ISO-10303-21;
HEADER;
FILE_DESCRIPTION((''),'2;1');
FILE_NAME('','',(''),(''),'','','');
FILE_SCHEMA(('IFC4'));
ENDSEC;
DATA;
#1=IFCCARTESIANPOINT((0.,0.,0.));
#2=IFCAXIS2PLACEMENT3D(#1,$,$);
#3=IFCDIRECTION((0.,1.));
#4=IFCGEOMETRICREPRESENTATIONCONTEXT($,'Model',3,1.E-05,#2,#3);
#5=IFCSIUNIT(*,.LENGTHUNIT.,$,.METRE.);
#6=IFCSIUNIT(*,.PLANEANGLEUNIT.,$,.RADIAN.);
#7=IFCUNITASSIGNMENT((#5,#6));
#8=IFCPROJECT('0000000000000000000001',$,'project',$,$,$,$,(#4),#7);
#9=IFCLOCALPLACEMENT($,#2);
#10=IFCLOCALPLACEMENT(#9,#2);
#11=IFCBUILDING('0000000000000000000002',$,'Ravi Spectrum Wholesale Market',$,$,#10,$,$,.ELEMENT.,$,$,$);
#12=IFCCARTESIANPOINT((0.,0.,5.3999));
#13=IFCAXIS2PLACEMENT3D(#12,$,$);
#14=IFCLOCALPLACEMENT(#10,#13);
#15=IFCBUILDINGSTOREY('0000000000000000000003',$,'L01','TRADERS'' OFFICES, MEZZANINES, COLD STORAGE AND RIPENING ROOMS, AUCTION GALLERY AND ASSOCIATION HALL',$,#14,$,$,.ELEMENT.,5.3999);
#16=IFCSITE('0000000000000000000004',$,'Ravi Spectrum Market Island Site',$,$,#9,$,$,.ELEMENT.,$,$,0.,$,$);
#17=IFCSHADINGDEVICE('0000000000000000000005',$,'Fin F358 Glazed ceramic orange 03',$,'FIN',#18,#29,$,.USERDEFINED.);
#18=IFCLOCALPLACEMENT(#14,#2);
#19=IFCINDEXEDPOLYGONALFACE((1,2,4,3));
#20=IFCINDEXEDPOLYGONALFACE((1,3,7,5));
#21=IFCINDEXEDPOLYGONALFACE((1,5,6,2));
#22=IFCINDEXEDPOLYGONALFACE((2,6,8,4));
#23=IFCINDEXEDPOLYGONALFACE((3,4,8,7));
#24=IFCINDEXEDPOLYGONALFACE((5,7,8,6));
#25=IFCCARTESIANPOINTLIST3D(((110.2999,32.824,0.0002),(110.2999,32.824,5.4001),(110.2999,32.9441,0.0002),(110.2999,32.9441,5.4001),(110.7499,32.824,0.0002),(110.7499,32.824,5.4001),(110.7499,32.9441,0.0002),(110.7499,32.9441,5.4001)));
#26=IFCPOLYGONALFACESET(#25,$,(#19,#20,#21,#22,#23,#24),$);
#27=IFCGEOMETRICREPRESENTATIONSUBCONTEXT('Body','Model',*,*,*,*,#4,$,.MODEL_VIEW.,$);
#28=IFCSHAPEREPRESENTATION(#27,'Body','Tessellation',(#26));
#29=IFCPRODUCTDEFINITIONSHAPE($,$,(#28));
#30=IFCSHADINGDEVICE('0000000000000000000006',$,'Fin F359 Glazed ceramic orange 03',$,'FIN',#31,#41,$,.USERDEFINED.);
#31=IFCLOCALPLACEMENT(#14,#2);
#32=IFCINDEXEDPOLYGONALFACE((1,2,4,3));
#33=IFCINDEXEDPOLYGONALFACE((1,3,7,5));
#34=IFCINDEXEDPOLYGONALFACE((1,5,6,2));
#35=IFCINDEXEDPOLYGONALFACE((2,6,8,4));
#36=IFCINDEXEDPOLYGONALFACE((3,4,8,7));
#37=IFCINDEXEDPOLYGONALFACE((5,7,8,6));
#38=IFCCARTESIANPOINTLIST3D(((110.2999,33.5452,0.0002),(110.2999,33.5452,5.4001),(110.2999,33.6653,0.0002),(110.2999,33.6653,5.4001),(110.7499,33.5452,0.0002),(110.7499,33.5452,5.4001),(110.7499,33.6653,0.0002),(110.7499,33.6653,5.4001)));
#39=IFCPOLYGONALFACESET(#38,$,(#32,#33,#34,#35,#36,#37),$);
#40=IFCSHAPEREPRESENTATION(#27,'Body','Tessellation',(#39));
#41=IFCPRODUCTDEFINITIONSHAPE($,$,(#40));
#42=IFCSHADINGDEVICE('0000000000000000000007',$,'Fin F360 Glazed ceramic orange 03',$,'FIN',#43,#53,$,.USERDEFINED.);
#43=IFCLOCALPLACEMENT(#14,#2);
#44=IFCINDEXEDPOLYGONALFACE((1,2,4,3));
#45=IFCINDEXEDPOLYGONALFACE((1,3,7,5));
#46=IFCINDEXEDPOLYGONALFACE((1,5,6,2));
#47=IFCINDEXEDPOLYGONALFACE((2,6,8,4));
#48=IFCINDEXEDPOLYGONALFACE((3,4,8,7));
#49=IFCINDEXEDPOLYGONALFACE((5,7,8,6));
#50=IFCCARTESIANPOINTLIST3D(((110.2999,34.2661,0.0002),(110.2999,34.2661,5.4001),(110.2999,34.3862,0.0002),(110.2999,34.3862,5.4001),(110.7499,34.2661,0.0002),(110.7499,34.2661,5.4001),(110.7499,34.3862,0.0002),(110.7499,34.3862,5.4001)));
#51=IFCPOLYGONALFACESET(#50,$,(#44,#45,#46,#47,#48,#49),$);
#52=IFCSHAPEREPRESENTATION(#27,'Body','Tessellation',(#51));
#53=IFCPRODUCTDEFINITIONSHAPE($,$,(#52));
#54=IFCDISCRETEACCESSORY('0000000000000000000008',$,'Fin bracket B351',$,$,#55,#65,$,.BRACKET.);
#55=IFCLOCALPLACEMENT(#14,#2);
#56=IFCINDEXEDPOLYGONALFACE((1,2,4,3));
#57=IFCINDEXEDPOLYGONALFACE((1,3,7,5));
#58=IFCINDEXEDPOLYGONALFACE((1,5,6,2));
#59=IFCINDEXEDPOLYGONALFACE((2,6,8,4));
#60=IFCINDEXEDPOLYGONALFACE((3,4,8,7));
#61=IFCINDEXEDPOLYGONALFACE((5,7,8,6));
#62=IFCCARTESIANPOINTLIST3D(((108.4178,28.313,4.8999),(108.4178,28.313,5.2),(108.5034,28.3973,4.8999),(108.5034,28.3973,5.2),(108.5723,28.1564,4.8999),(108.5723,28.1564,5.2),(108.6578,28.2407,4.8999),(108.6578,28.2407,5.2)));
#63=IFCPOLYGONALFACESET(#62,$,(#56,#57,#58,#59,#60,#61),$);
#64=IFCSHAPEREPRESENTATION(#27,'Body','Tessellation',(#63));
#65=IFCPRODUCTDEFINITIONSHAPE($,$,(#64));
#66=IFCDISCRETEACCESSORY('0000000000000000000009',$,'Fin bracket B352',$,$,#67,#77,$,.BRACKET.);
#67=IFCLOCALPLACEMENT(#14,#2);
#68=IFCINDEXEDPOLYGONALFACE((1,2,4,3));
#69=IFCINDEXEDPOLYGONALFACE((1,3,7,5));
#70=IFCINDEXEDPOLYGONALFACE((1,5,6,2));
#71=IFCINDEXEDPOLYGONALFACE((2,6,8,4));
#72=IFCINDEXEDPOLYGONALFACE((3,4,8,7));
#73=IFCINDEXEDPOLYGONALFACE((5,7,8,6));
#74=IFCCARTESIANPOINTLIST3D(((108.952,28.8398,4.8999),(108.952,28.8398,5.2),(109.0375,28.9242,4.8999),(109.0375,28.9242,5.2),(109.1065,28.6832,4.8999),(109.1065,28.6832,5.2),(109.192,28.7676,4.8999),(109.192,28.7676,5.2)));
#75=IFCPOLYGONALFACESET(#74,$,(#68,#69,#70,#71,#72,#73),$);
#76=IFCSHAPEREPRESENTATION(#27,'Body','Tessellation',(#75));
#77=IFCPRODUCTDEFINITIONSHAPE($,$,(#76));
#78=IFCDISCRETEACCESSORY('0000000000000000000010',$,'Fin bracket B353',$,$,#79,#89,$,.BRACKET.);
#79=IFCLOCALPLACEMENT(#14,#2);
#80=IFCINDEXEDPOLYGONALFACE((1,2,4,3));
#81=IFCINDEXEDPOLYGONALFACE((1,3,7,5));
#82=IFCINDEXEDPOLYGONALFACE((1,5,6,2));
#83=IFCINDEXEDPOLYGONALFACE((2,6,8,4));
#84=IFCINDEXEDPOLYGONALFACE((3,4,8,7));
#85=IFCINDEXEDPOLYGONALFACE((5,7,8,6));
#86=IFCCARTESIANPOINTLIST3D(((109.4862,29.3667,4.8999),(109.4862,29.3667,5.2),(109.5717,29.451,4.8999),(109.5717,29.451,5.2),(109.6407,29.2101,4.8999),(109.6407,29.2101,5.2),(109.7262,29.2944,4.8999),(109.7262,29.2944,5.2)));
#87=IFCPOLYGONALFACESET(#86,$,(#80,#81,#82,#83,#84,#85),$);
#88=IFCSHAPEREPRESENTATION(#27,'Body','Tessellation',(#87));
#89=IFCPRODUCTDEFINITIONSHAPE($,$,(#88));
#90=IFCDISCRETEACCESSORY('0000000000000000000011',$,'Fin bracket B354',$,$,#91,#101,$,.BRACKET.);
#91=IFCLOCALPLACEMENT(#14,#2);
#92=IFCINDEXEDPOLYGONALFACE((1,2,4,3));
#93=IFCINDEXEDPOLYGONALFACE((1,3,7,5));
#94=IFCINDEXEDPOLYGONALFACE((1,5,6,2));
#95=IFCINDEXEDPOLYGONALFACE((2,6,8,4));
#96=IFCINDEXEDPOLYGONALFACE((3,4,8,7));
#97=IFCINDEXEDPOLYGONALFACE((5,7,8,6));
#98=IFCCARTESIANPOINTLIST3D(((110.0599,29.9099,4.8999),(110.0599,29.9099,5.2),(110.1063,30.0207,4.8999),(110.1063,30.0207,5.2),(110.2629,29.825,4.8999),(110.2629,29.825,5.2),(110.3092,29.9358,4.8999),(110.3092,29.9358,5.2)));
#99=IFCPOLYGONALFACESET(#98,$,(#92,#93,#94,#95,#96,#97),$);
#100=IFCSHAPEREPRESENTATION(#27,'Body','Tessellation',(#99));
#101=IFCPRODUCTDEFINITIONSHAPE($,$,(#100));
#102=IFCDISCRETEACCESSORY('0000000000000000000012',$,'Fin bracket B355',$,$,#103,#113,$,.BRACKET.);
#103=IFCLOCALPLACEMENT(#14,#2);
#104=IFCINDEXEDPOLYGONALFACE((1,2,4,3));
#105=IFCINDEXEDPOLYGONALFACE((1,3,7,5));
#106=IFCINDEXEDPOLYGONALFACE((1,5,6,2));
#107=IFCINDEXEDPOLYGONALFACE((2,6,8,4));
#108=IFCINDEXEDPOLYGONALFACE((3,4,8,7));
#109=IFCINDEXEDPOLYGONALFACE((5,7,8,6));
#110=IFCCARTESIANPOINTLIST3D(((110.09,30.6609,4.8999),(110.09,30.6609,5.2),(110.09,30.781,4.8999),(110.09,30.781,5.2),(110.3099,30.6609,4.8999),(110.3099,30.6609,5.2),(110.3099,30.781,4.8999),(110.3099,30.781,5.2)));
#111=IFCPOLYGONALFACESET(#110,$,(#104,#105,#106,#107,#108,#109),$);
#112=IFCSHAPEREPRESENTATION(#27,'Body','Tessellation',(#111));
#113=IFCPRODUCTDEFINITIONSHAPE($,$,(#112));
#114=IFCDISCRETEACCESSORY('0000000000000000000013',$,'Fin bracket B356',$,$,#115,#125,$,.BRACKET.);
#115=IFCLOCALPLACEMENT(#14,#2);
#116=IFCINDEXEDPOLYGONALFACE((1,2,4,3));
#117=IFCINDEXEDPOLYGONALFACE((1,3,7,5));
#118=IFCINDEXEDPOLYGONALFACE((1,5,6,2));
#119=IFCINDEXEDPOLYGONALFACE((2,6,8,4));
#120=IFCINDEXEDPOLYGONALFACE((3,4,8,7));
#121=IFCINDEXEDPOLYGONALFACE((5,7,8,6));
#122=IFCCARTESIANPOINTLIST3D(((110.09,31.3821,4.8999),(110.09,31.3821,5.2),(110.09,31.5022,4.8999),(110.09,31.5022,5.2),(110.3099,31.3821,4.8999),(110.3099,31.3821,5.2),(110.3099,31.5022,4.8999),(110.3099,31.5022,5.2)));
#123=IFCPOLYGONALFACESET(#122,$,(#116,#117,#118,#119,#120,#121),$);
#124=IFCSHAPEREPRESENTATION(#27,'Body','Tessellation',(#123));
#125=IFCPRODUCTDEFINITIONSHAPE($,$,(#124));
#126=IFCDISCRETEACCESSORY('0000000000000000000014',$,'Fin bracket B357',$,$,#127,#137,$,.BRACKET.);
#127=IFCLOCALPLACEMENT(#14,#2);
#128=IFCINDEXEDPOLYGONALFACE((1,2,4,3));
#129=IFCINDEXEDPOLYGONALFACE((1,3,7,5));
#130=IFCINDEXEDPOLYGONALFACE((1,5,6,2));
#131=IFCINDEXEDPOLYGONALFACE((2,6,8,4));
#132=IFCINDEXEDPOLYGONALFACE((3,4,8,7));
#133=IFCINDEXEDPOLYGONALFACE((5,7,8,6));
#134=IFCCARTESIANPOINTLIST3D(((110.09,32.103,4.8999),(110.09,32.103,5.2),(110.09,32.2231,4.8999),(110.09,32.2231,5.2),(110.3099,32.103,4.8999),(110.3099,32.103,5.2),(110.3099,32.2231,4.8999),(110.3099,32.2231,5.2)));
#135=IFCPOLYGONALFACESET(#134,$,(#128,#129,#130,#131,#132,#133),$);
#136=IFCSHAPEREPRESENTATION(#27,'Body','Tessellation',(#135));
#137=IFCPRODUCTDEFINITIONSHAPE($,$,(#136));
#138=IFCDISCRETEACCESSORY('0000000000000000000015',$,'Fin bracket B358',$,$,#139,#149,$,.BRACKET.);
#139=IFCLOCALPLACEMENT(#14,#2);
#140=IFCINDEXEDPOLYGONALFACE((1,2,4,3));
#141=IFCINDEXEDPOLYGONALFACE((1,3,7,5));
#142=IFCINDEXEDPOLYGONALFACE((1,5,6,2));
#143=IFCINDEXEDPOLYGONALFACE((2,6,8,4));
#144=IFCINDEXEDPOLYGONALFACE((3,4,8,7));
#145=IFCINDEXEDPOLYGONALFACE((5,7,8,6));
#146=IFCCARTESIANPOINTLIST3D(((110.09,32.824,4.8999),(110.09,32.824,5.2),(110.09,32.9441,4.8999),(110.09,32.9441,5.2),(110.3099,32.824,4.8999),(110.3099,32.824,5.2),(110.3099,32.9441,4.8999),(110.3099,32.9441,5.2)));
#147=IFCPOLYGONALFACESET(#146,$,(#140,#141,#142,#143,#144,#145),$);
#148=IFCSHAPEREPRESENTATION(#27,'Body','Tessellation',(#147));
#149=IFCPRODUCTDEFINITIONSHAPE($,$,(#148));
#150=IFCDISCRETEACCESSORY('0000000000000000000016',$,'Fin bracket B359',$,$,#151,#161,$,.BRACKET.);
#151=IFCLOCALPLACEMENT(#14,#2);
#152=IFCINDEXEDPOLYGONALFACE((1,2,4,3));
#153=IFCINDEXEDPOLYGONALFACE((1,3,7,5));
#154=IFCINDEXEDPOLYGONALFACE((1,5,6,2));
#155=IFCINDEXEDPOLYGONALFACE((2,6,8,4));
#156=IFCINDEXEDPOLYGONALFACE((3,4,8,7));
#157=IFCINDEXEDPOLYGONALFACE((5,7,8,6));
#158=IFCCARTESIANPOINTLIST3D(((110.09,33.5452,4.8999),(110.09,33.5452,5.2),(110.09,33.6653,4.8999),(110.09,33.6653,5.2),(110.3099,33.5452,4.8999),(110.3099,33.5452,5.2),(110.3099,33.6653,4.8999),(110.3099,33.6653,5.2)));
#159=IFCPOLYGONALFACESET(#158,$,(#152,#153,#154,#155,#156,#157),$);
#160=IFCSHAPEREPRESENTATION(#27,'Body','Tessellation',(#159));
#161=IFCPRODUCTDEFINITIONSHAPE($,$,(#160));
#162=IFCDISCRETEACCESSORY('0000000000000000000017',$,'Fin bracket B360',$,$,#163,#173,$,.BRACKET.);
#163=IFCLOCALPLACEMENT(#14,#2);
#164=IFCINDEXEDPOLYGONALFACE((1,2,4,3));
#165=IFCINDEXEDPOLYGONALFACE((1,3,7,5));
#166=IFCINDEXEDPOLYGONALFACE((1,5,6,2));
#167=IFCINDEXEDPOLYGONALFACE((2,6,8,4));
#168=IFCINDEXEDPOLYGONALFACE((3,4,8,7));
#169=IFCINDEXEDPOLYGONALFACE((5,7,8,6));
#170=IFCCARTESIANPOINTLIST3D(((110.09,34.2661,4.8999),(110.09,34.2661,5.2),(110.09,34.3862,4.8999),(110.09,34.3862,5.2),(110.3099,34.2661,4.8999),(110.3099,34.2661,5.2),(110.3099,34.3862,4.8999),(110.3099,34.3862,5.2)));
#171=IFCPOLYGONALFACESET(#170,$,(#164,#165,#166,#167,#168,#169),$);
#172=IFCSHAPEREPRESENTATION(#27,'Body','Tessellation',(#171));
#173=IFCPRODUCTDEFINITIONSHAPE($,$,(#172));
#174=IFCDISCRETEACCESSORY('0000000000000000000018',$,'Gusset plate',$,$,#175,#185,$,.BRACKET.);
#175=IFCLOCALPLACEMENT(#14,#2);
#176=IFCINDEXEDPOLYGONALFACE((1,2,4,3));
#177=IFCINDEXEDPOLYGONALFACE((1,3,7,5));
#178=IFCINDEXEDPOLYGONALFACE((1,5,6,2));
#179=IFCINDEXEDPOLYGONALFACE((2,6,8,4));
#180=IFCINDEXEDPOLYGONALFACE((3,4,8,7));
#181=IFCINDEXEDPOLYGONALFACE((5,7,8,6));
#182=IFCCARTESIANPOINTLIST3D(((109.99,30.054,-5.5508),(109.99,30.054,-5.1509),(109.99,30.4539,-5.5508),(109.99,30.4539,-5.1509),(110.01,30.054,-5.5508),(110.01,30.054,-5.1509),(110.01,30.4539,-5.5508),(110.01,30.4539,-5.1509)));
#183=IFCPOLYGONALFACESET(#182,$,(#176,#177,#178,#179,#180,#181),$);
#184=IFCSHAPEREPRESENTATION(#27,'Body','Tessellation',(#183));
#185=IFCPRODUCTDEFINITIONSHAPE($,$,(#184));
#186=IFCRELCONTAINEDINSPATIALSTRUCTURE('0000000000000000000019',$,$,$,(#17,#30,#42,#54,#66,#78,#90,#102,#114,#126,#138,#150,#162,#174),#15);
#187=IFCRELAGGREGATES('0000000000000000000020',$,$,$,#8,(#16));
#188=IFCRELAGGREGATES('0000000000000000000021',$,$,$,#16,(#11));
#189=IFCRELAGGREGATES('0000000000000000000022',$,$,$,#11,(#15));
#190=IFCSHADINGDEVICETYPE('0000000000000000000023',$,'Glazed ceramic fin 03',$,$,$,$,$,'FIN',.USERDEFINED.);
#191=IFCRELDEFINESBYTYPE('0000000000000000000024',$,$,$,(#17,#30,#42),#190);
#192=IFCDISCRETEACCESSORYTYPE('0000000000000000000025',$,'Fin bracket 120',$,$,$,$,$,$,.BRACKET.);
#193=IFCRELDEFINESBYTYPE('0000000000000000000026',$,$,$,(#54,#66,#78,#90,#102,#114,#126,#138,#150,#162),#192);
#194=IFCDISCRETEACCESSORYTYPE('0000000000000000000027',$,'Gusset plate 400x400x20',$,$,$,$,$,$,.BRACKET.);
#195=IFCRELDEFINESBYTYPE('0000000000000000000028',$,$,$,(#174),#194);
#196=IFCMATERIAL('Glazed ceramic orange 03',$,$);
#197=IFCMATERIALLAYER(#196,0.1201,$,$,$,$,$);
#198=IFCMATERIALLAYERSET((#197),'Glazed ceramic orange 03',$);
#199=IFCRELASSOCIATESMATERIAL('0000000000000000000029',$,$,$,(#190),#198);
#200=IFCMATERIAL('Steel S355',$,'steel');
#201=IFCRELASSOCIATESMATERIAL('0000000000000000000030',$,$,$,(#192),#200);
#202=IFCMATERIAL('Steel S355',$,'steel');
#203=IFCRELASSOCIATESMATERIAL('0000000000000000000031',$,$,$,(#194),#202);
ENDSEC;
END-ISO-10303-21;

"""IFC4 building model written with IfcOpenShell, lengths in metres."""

from ifc_helpers import new_model, si_unit, direction, frame, origin, origin_2d, place, context, subcontext, project, spatial, rectangle, extrude, material, layer, layer_set, material_profile, profile_set, type_object, element, save


model = new_model("IFC4")

# Units and contexts
model_context = context("Model", 3, precision=1e-05, world=origin(), true_north=direction((0.0, 1.0)))
body_context = subcontext(model_context, "Body", "Model", "MODEL_VIEW")
ifc_project = project(units=[si_unit("LENGTHUNIT", "METRE"), si_unit("PLANEANGLEUNIT", "RADIAN")], contexts=[model_context])

# Site, building, storey
site_placement = place(None, origin())
site = spatial("IfcSite", under=ifc_project, at=site_placement, Name="Ravi Spectrum Market Island Site", CompositionType="ELEMENT", RefElevation=0.0)
building_placement = place(site_placement, origin())
building = spatial("IfcBuilding", under=site, at=building_placement, Name="Ravi Spectrum Wholesale Market", CompositionType="ELEMENT")
storey_placement = place(building_placement, frame((0.0, 0.0, 5.3999)))
storey = spatial("IfcBuildingStorey", under=building, at=storey_placement, Name="L01", Description="TRADERS' OFFICES, MEZZANINES, COLD STORAGE AND RIPENING ROOMS, AUCTION GALLERY AND ASSOCIATION HALL", CompositionType="ELEMENT", Elevation=5.3999)

# Shading devices
ifc_material_1 = material(Name="Glazed ceramic orange 03")
ifc_layer = layer(ifc_material_1, 0.1201)
ifc_layer_set = layer_set([ifc_layer], Name="Glazed ceramic orange 03")
shading_device_type = type_object("IfcShadingDeviceType", Name="Glazed ceramic fin 03", ElementType="FIN", PredefinedType="USERDEFINED", material=ifc_layer_set)
for number, where, z_axis, x_axis, name in (
    (1, (110.5249, 32.884, 0.0002), (0.0, 0.0, 1.0), (0.0, 1.0, 0.0), "Fin F358 Glazed ceramic orange 03"),
    (2, (110.5249, 33.6052, 0.0002), (0.0, 0.0, 1.0), (0.0, 1.0, 0.0), "Fin F359 Glazed ceramic orange 03"),
    (3, (110.5249, 34.3262, 0.0002), (0.0, 0.0, 1.0), (0.0, 1.0, 0.0), "Fin F360 Glazed ceramic orange 03"),
):
    element("IfcShadingDevice", number, at=place(storey_placement, frame(where, z_axis=z_axis, x_axis=x_axis)), inside=storey, type_object=shading_device_type, Name=name, ObjectType="FIN", PredefinedType="USERDEFINED", context=body_context, shape_type="SweptSolid", body=[
        extrude(rectangle(XDim=0.1201, YDim=0.45, at=origin_2d()), origin(), (0.0, 0.0, 1.0), 5.3999),
    ])

# Discrete accessories
ifc_material_2 = material(Name="Steel S355", Category="steel")
discrete_accessory_type_1 = type_object("IfcDiscreteAccessoryType", Name="Fin bracket 120", PredefinedType="BRACKET", material=ifc_material_2)
for number, where, z_axis, x_axis, name in (
    (4, (108.5378, 28.2769, 4.8999), (0.0, 0.0, 1.0), (0.711925, 0.702256, 0.0), "Fin bracket B351"),
    (5, (109.072, 28.8037, 4.8999), (0.0, 0.0, 1.0), (0.711925, 0.702256, 0.0), "Fin bracket B352"),
    (6, (109.6062, 29.3306, 4.8999), (0.0, 0.0, 1.0), (0.711925, 0.702256, 0.0), "Fin bracket B353"),
    (7, (110.1846, 29.9229, 4.8999), (0.0, 0.0, 1.0), (0.38584, 0.922566, 0.0), "Fin bracket B354"),
    (8, (110.2, 30.7209, 4.8999), (0.0, 0.0, 1.0), (0.0, 1.0, 0.0), "Fin bracket B355"),
    (9, (110.2, 31.4421, 4.8999), (0.0, 0.0, 1.0), (0.0, 1.0, 0.0), "Fin bracket B356"),
    (10, (110.2, 32.1631, 4.8999), (0.0, 0.0, 1.0), (0.0, 1.0, 0.0), "Fin bracket B357"),
    (11, (110.2, 32.884, 4.8999), (0.0, 0.0, 1.0), (0.0, 1.0, 0.0), "Fin bracket B358"),
    (12, (110.2, 33.6052, 4.8999), (0.0, 0.0, 1.0), (0.0, 1.0, 0.0), "Fin bracket B359"),
    (13, (110.2, 34.3262, 4.8999), (0.0, 0.0, 1.0), (0.0, 1.0, 0.0), "Fin bracket B360"),
):
    element("IfcDiscreteAccessory", number, at=place(storey_placement, frame(where, z_axis=z_axis, x_axis=x_axis)), inside=storey, type_object=discrete_accessory_type_1, Name=name, PredefinedType="BRACKET", context=body_context, shape_type="SweptSolid", body=[
        extrude(rectangle(XDim=0.1201, YDim=0.22, at=origin_2d()), origin(), (0.0, 0.0, 1.0), 0.3),
    ])
ifc_material_3 = material(Name="Steel S355", Category="steel")
ifc_material_profile_1 = material_profile(ifc_material_3, rectangle(XDim=0.3999, YDim=0.02, at=origin_2d()))
ifc_profile_set_1 = profile_set([ifc_material_profile_1], Name="Steel S355")
discrete_accessory_type_2 = type_object("IfcDiscreteAccessoryType", Name="Gusset plate 400x400x20", PredefinedType="BRACKET", material=ifc_profile_set_1)
discrete_accessory_placement = place(storey_placement, frame((110.0, 30.2539, -5.5508), z_axis=(0.0, 0.0, 1.0), x_axis=(0.0, 1.0, 0.0)))
element("IfcDiscreteAccessory", 14, at=discrete_accessory_placement, inside=storey, type_object=discrete_accessory_type_2, Name="Gusset plate", PredefinedType="BRACKET", context=body_context, shape_type="SweptSolid", body=[
    extrude(rectangle(XDim=0.3999, YDim=0.02, at=origin_2d()), origin(), (0.0, 0.0, 1.0), 0.3999),
])

save(model, "model.ifc")
